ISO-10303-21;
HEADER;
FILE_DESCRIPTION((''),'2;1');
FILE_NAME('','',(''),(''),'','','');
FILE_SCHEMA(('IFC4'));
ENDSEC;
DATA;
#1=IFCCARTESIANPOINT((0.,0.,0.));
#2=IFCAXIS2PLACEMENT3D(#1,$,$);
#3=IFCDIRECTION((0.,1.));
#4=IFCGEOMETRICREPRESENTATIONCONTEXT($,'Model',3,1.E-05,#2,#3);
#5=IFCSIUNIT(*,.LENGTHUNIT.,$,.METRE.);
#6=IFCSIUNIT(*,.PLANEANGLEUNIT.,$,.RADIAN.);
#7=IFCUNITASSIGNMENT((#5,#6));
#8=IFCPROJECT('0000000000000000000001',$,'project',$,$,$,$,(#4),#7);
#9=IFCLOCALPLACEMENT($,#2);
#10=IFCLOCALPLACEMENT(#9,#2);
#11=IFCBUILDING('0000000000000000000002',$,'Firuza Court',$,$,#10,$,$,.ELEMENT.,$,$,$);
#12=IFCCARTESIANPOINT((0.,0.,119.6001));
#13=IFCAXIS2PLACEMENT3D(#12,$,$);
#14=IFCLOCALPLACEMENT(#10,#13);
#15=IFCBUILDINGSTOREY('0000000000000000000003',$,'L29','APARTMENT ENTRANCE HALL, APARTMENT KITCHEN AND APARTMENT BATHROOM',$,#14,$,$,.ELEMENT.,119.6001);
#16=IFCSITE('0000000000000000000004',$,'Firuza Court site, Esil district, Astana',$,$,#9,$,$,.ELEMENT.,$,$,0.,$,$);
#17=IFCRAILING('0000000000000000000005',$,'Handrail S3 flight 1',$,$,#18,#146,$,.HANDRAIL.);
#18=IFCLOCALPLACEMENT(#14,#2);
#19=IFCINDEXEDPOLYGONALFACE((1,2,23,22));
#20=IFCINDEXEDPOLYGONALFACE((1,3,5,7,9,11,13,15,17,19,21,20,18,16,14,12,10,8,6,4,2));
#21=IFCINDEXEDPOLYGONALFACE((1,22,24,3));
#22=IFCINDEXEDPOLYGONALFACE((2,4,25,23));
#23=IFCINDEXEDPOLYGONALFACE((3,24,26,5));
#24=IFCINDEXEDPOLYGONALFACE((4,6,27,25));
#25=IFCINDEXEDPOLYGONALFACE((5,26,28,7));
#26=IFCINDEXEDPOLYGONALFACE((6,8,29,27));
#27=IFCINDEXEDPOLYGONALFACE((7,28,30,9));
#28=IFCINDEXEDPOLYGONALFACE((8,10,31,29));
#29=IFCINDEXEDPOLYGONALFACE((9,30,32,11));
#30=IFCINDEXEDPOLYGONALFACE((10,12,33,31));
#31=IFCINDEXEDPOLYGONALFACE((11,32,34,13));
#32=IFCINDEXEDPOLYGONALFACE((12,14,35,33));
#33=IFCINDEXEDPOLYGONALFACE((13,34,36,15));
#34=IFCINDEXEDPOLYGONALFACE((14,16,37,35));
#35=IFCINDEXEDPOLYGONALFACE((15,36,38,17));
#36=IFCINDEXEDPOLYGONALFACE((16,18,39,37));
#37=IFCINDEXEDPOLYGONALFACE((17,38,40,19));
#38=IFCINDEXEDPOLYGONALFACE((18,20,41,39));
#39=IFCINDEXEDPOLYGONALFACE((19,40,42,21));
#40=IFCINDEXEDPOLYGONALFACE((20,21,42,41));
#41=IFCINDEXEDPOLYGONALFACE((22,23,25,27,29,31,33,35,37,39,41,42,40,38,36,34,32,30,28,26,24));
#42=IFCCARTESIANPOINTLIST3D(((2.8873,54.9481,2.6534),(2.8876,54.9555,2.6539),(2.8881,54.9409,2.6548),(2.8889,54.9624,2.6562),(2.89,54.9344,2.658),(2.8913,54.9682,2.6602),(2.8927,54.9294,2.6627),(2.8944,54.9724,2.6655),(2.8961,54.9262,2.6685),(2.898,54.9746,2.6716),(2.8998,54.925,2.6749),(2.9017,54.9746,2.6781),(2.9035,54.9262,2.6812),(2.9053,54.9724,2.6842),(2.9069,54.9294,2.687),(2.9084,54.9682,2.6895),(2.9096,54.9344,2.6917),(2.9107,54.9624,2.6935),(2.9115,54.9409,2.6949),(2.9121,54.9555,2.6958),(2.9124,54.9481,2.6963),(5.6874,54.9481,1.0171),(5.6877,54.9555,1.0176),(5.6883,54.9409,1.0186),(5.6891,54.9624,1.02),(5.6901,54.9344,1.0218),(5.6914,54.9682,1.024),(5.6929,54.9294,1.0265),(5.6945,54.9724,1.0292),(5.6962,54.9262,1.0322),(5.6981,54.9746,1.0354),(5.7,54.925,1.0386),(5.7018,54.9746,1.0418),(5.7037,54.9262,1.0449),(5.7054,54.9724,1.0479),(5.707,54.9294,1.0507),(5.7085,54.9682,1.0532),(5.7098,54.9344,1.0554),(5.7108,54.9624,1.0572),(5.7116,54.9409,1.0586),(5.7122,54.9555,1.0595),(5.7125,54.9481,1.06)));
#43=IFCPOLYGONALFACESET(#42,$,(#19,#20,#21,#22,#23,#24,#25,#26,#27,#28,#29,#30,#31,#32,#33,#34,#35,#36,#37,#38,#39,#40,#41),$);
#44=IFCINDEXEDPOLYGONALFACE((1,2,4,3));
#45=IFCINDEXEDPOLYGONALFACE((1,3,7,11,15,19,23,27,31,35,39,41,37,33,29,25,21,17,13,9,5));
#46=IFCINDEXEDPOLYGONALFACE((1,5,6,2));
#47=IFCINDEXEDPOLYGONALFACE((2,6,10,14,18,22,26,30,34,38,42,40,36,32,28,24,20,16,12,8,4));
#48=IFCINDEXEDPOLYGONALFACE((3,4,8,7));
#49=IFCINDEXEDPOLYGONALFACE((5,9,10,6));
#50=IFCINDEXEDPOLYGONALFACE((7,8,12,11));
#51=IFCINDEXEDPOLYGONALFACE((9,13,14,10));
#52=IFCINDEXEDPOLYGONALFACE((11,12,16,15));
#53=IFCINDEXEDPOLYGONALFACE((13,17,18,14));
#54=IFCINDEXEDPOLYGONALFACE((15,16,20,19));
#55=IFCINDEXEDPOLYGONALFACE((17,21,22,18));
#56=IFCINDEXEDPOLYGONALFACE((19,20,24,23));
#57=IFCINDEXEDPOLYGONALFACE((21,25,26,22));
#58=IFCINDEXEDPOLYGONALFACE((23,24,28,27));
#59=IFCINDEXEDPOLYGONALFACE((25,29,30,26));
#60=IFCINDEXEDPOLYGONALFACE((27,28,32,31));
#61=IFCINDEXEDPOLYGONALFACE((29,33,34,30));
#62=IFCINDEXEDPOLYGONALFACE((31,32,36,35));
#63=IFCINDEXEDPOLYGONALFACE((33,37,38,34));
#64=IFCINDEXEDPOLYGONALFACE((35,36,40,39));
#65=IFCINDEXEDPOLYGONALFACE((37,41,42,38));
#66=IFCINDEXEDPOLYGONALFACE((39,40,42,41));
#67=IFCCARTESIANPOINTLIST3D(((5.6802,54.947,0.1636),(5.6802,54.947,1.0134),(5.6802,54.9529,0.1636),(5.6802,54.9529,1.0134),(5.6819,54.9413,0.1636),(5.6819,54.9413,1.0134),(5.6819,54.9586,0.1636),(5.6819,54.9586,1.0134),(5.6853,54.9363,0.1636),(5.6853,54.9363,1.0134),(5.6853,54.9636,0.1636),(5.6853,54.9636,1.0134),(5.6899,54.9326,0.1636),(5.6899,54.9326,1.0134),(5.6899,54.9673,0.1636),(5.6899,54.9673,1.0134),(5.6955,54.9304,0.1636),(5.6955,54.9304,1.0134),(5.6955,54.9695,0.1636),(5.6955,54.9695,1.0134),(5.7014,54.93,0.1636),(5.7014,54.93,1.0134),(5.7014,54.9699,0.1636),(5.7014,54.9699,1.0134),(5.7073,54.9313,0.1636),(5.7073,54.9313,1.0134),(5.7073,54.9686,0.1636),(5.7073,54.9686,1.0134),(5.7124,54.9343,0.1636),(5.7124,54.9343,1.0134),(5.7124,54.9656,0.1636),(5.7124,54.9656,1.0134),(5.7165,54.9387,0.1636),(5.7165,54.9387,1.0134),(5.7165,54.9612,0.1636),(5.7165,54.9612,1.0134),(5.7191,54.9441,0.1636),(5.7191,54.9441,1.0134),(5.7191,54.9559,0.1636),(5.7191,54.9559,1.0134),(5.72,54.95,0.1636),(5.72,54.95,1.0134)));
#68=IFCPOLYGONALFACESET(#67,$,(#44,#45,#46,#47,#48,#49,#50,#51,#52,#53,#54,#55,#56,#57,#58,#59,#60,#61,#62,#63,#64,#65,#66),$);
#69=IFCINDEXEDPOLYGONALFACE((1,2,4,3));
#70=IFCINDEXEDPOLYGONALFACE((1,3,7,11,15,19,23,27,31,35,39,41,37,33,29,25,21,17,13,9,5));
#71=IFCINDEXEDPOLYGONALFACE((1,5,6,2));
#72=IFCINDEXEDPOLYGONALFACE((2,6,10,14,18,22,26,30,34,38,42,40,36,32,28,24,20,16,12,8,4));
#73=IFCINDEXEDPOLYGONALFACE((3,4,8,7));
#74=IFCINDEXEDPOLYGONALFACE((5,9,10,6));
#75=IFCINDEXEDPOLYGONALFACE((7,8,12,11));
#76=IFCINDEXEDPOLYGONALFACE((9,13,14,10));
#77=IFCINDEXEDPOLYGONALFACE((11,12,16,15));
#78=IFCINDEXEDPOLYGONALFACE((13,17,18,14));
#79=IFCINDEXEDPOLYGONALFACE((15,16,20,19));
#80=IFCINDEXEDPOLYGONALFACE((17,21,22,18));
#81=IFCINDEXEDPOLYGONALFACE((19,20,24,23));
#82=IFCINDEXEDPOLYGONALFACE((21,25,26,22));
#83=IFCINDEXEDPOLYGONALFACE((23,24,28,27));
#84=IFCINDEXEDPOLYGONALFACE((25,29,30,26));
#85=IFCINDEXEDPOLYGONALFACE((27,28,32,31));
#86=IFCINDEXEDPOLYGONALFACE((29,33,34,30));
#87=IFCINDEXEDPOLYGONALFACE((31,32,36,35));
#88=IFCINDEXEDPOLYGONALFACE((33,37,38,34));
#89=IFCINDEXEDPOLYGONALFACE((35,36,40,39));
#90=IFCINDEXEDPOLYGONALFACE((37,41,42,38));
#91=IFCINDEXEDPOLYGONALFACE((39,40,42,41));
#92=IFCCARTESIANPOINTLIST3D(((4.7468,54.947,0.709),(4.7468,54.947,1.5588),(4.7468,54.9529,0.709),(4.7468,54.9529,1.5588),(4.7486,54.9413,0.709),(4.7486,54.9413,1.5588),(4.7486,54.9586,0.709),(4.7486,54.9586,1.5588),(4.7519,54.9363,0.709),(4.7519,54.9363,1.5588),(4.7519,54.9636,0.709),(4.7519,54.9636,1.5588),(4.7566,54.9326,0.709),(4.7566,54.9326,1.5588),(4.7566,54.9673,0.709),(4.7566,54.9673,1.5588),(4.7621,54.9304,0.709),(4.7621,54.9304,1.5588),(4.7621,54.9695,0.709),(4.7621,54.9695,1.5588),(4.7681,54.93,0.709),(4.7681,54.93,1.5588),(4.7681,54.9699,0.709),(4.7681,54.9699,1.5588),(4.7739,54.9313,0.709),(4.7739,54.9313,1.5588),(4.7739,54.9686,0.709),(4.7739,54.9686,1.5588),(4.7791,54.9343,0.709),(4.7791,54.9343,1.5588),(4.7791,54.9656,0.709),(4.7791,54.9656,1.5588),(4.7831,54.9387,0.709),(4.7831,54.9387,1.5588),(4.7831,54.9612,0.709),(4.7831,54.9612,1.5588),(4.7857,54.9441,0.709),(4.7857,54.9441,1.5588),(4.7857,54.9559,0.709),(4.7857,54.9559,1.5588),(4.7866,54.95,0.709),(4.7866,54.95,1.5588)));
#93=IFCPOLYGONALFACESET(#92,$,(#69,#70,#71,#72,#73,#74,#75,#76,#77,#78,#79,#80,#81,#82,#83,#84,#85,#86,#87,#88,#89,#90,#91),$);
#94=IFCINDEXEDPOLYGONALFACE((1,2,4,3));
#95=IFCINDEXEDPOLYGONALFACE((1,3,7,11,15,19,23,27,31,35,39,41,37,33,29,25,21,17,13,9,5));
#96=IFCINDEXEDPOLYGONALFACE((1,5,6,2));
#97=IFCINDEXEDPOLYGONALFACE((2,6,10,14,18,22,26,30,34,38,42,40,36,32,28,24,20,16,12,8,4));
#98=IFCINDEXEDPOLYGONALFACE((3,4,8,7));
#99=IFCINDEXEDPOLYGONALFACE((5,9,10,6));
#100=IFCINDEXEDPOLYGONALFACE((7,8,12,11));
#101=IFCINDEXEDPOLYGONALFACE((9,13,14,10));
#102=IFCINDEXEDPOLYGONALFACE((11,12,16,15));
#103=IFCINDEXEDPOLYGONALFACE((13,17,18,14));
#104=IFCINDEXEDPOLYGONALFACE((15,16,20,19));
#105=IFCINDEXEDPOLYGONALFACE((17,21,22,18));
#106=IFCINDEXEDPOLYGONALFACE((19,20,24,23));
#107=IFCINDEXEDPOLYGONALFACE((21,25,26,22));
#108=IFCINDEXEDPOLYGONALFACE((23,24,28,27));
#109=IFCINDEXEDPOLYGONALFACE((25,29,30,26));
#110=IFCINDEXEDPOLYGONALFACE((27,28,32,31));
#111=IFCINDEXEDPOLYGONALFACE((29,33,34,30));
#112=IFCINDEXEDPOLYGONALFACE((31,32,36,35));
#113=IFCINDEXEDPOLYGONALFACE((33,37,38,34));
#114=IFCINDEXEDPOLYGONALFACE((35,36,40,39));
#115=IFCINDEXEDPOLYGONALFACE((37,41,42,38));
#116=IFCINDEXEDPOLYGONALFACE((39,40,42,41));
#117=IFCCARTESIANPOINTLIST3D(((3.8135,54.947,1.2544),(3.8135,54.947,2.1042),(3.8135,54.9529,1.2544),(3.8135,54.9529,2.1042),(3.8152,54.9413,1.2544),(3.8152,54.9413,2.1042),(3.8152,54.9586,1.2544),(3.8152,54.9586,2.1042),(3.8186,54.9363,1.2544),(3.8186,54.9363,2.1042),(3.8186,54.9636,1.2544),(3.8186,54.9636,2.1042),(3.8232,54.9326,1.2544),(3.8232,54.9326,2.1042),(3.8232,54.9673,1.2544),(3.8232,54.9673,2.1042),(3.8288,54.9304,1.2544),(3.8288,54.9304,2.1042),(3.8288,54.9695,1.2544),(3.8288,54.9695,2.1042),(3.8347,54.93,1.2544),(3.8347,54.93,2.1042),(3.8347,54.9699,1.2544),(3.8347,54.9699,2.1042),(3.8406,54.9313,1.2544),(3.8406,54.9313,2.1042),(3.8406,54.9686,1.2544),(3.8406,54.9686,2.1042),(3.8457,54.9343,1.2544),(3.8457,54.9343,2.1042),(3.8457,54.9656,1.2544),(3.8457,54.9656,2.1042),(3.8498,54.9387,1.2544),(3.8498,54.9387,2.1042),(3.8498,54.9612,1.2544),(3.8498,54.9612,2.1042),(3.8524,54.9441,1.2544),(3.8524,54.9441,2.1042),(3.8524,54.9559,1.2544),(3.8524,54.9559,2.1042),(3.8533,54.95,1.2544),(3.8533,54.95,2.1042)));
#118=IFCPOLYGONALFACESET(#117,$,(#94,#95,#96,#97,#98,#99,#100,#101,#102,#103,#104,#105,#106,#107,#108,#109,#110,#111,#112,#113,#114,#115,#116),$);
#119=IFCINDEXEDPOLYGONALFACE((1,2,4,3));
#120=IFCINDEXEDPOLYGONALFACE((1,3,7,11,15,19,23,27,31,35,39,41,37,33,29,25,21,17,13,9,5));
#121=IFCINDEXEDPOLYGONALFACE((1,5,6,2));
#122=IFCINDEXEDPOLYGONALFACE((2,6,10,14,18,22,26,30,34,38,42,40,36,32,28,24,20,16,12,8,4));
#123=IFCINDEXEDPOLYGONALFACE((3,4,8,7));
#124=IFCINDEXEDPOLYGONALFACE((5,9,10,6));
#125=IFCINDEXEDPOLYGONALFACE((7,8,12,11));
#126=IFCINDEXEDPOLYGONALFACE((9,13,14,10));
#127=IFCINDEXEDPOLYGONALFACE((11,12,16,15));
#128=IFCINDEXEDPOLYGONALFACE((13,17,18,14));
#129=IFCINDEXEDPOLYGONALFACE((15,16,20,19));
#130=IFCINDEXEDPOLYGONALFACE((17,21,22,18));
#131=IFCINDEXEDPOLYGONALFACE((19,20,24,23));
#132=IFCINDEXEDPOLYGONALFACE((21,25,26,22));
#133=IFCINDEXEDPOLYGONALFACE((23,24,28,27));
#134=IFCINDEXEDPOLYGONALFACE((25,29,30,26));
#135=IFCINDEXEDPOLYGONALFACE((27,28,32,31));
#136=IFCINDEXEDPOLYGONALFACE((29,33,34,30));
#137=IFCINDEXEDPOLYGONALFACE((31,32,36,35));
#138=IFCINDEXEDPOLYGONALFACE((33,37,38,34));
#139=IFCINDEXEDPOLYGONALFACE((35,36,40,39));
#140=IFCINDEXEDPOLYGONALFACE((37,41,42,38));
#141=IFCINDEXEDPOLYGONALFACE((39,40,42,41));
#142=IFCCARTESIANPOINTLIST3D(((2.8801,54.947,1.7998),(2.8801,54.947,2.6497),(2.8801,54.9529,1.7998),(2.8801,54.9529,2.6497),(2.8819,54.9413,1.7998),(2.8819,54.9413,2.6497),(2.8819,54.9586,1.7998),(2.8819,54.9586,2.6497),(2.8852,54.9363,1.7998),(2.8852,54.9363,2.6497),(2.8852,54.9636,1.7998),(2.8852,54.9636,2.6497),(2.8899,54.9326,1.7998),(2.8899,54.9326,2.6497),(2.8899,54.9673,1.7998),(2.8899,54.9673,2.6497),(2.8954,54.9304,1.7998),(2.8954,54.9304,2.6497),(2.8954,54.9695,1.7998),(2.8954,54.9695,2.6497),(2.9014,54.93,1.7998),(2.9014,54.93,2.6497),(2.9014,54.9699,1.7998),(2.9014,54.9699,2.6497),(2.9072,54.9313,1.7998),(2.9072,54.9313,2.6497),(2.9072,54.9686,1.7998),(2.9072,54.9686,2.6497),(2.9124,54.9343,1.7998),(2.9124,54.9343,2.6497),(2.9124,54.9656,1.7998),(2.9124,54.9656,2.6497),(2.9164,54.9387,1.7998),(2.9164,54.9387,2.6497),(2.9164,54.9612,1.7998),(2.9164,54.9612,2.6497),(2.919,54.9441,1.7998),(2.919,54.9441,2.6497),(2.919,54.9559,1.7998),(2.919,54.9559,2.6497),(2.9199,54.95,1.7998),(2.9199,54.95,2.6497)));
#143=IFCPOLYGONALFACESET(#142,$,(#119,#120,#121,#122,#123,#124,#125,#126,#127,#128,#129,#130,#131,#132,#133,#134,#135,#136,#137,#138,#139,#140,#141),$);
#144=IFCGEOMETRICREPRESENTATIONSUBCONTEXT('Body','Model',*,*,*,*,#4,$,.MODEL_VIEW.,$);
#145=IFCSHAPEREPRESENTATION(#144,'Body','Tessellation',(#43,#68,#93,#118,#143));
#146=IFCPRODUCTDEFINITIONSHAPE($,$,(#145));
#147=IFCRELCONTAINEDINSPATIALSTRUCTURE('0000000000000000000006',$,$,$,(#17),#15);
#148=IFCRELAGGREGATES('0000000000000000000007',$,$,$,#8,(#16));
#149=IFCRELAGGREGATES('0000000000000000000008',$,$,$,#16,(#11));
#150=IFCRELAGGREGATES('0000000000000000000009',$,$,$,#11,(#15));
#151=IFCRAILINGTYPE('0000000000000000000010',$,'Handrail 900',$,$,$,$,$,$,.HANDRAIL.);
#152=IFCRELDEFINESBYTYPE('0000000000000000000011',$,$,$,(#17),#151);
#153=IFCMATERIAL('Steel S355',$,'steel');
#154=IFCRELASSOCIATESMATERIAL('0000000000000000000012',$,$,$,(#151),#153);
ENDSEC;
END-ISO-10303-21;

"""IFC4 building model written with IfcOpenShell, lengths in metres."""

from ifc_helpers import new_model, si_unit, direction, frame, origin, origin_2d, place, context, subcontext, project, spatial, circle, extrude, material, type_object, element, save


model = new_model("IFC4")

# Units and contexts
model_context = context("Model", 3, precision=1e-05, world=origin(), true_north=direction((0.0, 1.0)))
body_context = subcontext(model_context, "Body", "Model", "MODEL_VIEW")
ifc_project = project(units=[si_unit("LENGTHUNIT", "METRE"), si_unit("PLANEANGLEUNIT", "RADIAN")], contexts=[model_context])

# Site, building, storey
site_placement = place(None, origin())
site = spatial("IfcSite", under=ifc_project, at=site_placement, Name="Firuza Court site, Esil district, Astana", CompositionType="ELEMENT", RefElevation=0.0)
building_placement = place(site_placement, origin())
building = spatial("IfcBuilding", under=site, at=building_placement, Name="Firuza Court", CompositionType="ELEMENT")
storey_placement = place(building_placement, frame((0.0, 0.0, 119.6001)))
storey = spatial("IfcBuildingStorey", under=building, at=storey_placement, Name="L29", Description="APARTMENT ENTRANCE HALL, APARTMENT KITCHEN AND APARTMENT BATHROOM", CompositionType="ELEMENT", Elevation=119.6001)

# Railing
ifc_material_1 = material(Name="Steel S355", Category="steel")
railing_type_1 = type_object("IfcRailingType", Name="Handrail 900", PredefinedType="HANDRAIL", material=ifc_material_1)
railing_1_placement = place(storey_placement, frame((5.7, 54.95, 0.1636)))
element("IfcRailing", 1, at=railing_1_placement, inside=storey, type_object=railing_type_1, Name="Handrail S3 flight 1", PredefinedType="HANDRAIL", context=body_context, shape_type="SweptSolid", body=[
    extrude(circle(Radius=0.0249, at=origin_2d()), frame((0.0, 0.0, 0.875), z_axis=(-0.863394, 0.0, 0.504531), x_axis=(0.0, -1.0, 0.0)), (0.0, 0.0, 1.0), 3.2432),
    extrude(circle(Radius=0.02, at=origin_2d()), origin(), (0.0, 0.0, 1.0), 0.8499),
    extrude(circle(Radius=0.02, at=origin_2d()), frame((-0.9333, 0.0, 0.5454)), (0.0, 0.0, 1.0), 0.8499),
    extrude(circle(Radius=0.02, at=origin_2d()), frame((-1.8667, 0.0, 1.0908)), (0.0, 0.0, 1.0), 0.8499),
    extrude(circle(Radius=0.02, at=origin_2d()), frame((-2.8, 0.0, 1.6362)), (0.0, 0.0, 1.0), 0.8499),
])

save(model, "model.ifc")
